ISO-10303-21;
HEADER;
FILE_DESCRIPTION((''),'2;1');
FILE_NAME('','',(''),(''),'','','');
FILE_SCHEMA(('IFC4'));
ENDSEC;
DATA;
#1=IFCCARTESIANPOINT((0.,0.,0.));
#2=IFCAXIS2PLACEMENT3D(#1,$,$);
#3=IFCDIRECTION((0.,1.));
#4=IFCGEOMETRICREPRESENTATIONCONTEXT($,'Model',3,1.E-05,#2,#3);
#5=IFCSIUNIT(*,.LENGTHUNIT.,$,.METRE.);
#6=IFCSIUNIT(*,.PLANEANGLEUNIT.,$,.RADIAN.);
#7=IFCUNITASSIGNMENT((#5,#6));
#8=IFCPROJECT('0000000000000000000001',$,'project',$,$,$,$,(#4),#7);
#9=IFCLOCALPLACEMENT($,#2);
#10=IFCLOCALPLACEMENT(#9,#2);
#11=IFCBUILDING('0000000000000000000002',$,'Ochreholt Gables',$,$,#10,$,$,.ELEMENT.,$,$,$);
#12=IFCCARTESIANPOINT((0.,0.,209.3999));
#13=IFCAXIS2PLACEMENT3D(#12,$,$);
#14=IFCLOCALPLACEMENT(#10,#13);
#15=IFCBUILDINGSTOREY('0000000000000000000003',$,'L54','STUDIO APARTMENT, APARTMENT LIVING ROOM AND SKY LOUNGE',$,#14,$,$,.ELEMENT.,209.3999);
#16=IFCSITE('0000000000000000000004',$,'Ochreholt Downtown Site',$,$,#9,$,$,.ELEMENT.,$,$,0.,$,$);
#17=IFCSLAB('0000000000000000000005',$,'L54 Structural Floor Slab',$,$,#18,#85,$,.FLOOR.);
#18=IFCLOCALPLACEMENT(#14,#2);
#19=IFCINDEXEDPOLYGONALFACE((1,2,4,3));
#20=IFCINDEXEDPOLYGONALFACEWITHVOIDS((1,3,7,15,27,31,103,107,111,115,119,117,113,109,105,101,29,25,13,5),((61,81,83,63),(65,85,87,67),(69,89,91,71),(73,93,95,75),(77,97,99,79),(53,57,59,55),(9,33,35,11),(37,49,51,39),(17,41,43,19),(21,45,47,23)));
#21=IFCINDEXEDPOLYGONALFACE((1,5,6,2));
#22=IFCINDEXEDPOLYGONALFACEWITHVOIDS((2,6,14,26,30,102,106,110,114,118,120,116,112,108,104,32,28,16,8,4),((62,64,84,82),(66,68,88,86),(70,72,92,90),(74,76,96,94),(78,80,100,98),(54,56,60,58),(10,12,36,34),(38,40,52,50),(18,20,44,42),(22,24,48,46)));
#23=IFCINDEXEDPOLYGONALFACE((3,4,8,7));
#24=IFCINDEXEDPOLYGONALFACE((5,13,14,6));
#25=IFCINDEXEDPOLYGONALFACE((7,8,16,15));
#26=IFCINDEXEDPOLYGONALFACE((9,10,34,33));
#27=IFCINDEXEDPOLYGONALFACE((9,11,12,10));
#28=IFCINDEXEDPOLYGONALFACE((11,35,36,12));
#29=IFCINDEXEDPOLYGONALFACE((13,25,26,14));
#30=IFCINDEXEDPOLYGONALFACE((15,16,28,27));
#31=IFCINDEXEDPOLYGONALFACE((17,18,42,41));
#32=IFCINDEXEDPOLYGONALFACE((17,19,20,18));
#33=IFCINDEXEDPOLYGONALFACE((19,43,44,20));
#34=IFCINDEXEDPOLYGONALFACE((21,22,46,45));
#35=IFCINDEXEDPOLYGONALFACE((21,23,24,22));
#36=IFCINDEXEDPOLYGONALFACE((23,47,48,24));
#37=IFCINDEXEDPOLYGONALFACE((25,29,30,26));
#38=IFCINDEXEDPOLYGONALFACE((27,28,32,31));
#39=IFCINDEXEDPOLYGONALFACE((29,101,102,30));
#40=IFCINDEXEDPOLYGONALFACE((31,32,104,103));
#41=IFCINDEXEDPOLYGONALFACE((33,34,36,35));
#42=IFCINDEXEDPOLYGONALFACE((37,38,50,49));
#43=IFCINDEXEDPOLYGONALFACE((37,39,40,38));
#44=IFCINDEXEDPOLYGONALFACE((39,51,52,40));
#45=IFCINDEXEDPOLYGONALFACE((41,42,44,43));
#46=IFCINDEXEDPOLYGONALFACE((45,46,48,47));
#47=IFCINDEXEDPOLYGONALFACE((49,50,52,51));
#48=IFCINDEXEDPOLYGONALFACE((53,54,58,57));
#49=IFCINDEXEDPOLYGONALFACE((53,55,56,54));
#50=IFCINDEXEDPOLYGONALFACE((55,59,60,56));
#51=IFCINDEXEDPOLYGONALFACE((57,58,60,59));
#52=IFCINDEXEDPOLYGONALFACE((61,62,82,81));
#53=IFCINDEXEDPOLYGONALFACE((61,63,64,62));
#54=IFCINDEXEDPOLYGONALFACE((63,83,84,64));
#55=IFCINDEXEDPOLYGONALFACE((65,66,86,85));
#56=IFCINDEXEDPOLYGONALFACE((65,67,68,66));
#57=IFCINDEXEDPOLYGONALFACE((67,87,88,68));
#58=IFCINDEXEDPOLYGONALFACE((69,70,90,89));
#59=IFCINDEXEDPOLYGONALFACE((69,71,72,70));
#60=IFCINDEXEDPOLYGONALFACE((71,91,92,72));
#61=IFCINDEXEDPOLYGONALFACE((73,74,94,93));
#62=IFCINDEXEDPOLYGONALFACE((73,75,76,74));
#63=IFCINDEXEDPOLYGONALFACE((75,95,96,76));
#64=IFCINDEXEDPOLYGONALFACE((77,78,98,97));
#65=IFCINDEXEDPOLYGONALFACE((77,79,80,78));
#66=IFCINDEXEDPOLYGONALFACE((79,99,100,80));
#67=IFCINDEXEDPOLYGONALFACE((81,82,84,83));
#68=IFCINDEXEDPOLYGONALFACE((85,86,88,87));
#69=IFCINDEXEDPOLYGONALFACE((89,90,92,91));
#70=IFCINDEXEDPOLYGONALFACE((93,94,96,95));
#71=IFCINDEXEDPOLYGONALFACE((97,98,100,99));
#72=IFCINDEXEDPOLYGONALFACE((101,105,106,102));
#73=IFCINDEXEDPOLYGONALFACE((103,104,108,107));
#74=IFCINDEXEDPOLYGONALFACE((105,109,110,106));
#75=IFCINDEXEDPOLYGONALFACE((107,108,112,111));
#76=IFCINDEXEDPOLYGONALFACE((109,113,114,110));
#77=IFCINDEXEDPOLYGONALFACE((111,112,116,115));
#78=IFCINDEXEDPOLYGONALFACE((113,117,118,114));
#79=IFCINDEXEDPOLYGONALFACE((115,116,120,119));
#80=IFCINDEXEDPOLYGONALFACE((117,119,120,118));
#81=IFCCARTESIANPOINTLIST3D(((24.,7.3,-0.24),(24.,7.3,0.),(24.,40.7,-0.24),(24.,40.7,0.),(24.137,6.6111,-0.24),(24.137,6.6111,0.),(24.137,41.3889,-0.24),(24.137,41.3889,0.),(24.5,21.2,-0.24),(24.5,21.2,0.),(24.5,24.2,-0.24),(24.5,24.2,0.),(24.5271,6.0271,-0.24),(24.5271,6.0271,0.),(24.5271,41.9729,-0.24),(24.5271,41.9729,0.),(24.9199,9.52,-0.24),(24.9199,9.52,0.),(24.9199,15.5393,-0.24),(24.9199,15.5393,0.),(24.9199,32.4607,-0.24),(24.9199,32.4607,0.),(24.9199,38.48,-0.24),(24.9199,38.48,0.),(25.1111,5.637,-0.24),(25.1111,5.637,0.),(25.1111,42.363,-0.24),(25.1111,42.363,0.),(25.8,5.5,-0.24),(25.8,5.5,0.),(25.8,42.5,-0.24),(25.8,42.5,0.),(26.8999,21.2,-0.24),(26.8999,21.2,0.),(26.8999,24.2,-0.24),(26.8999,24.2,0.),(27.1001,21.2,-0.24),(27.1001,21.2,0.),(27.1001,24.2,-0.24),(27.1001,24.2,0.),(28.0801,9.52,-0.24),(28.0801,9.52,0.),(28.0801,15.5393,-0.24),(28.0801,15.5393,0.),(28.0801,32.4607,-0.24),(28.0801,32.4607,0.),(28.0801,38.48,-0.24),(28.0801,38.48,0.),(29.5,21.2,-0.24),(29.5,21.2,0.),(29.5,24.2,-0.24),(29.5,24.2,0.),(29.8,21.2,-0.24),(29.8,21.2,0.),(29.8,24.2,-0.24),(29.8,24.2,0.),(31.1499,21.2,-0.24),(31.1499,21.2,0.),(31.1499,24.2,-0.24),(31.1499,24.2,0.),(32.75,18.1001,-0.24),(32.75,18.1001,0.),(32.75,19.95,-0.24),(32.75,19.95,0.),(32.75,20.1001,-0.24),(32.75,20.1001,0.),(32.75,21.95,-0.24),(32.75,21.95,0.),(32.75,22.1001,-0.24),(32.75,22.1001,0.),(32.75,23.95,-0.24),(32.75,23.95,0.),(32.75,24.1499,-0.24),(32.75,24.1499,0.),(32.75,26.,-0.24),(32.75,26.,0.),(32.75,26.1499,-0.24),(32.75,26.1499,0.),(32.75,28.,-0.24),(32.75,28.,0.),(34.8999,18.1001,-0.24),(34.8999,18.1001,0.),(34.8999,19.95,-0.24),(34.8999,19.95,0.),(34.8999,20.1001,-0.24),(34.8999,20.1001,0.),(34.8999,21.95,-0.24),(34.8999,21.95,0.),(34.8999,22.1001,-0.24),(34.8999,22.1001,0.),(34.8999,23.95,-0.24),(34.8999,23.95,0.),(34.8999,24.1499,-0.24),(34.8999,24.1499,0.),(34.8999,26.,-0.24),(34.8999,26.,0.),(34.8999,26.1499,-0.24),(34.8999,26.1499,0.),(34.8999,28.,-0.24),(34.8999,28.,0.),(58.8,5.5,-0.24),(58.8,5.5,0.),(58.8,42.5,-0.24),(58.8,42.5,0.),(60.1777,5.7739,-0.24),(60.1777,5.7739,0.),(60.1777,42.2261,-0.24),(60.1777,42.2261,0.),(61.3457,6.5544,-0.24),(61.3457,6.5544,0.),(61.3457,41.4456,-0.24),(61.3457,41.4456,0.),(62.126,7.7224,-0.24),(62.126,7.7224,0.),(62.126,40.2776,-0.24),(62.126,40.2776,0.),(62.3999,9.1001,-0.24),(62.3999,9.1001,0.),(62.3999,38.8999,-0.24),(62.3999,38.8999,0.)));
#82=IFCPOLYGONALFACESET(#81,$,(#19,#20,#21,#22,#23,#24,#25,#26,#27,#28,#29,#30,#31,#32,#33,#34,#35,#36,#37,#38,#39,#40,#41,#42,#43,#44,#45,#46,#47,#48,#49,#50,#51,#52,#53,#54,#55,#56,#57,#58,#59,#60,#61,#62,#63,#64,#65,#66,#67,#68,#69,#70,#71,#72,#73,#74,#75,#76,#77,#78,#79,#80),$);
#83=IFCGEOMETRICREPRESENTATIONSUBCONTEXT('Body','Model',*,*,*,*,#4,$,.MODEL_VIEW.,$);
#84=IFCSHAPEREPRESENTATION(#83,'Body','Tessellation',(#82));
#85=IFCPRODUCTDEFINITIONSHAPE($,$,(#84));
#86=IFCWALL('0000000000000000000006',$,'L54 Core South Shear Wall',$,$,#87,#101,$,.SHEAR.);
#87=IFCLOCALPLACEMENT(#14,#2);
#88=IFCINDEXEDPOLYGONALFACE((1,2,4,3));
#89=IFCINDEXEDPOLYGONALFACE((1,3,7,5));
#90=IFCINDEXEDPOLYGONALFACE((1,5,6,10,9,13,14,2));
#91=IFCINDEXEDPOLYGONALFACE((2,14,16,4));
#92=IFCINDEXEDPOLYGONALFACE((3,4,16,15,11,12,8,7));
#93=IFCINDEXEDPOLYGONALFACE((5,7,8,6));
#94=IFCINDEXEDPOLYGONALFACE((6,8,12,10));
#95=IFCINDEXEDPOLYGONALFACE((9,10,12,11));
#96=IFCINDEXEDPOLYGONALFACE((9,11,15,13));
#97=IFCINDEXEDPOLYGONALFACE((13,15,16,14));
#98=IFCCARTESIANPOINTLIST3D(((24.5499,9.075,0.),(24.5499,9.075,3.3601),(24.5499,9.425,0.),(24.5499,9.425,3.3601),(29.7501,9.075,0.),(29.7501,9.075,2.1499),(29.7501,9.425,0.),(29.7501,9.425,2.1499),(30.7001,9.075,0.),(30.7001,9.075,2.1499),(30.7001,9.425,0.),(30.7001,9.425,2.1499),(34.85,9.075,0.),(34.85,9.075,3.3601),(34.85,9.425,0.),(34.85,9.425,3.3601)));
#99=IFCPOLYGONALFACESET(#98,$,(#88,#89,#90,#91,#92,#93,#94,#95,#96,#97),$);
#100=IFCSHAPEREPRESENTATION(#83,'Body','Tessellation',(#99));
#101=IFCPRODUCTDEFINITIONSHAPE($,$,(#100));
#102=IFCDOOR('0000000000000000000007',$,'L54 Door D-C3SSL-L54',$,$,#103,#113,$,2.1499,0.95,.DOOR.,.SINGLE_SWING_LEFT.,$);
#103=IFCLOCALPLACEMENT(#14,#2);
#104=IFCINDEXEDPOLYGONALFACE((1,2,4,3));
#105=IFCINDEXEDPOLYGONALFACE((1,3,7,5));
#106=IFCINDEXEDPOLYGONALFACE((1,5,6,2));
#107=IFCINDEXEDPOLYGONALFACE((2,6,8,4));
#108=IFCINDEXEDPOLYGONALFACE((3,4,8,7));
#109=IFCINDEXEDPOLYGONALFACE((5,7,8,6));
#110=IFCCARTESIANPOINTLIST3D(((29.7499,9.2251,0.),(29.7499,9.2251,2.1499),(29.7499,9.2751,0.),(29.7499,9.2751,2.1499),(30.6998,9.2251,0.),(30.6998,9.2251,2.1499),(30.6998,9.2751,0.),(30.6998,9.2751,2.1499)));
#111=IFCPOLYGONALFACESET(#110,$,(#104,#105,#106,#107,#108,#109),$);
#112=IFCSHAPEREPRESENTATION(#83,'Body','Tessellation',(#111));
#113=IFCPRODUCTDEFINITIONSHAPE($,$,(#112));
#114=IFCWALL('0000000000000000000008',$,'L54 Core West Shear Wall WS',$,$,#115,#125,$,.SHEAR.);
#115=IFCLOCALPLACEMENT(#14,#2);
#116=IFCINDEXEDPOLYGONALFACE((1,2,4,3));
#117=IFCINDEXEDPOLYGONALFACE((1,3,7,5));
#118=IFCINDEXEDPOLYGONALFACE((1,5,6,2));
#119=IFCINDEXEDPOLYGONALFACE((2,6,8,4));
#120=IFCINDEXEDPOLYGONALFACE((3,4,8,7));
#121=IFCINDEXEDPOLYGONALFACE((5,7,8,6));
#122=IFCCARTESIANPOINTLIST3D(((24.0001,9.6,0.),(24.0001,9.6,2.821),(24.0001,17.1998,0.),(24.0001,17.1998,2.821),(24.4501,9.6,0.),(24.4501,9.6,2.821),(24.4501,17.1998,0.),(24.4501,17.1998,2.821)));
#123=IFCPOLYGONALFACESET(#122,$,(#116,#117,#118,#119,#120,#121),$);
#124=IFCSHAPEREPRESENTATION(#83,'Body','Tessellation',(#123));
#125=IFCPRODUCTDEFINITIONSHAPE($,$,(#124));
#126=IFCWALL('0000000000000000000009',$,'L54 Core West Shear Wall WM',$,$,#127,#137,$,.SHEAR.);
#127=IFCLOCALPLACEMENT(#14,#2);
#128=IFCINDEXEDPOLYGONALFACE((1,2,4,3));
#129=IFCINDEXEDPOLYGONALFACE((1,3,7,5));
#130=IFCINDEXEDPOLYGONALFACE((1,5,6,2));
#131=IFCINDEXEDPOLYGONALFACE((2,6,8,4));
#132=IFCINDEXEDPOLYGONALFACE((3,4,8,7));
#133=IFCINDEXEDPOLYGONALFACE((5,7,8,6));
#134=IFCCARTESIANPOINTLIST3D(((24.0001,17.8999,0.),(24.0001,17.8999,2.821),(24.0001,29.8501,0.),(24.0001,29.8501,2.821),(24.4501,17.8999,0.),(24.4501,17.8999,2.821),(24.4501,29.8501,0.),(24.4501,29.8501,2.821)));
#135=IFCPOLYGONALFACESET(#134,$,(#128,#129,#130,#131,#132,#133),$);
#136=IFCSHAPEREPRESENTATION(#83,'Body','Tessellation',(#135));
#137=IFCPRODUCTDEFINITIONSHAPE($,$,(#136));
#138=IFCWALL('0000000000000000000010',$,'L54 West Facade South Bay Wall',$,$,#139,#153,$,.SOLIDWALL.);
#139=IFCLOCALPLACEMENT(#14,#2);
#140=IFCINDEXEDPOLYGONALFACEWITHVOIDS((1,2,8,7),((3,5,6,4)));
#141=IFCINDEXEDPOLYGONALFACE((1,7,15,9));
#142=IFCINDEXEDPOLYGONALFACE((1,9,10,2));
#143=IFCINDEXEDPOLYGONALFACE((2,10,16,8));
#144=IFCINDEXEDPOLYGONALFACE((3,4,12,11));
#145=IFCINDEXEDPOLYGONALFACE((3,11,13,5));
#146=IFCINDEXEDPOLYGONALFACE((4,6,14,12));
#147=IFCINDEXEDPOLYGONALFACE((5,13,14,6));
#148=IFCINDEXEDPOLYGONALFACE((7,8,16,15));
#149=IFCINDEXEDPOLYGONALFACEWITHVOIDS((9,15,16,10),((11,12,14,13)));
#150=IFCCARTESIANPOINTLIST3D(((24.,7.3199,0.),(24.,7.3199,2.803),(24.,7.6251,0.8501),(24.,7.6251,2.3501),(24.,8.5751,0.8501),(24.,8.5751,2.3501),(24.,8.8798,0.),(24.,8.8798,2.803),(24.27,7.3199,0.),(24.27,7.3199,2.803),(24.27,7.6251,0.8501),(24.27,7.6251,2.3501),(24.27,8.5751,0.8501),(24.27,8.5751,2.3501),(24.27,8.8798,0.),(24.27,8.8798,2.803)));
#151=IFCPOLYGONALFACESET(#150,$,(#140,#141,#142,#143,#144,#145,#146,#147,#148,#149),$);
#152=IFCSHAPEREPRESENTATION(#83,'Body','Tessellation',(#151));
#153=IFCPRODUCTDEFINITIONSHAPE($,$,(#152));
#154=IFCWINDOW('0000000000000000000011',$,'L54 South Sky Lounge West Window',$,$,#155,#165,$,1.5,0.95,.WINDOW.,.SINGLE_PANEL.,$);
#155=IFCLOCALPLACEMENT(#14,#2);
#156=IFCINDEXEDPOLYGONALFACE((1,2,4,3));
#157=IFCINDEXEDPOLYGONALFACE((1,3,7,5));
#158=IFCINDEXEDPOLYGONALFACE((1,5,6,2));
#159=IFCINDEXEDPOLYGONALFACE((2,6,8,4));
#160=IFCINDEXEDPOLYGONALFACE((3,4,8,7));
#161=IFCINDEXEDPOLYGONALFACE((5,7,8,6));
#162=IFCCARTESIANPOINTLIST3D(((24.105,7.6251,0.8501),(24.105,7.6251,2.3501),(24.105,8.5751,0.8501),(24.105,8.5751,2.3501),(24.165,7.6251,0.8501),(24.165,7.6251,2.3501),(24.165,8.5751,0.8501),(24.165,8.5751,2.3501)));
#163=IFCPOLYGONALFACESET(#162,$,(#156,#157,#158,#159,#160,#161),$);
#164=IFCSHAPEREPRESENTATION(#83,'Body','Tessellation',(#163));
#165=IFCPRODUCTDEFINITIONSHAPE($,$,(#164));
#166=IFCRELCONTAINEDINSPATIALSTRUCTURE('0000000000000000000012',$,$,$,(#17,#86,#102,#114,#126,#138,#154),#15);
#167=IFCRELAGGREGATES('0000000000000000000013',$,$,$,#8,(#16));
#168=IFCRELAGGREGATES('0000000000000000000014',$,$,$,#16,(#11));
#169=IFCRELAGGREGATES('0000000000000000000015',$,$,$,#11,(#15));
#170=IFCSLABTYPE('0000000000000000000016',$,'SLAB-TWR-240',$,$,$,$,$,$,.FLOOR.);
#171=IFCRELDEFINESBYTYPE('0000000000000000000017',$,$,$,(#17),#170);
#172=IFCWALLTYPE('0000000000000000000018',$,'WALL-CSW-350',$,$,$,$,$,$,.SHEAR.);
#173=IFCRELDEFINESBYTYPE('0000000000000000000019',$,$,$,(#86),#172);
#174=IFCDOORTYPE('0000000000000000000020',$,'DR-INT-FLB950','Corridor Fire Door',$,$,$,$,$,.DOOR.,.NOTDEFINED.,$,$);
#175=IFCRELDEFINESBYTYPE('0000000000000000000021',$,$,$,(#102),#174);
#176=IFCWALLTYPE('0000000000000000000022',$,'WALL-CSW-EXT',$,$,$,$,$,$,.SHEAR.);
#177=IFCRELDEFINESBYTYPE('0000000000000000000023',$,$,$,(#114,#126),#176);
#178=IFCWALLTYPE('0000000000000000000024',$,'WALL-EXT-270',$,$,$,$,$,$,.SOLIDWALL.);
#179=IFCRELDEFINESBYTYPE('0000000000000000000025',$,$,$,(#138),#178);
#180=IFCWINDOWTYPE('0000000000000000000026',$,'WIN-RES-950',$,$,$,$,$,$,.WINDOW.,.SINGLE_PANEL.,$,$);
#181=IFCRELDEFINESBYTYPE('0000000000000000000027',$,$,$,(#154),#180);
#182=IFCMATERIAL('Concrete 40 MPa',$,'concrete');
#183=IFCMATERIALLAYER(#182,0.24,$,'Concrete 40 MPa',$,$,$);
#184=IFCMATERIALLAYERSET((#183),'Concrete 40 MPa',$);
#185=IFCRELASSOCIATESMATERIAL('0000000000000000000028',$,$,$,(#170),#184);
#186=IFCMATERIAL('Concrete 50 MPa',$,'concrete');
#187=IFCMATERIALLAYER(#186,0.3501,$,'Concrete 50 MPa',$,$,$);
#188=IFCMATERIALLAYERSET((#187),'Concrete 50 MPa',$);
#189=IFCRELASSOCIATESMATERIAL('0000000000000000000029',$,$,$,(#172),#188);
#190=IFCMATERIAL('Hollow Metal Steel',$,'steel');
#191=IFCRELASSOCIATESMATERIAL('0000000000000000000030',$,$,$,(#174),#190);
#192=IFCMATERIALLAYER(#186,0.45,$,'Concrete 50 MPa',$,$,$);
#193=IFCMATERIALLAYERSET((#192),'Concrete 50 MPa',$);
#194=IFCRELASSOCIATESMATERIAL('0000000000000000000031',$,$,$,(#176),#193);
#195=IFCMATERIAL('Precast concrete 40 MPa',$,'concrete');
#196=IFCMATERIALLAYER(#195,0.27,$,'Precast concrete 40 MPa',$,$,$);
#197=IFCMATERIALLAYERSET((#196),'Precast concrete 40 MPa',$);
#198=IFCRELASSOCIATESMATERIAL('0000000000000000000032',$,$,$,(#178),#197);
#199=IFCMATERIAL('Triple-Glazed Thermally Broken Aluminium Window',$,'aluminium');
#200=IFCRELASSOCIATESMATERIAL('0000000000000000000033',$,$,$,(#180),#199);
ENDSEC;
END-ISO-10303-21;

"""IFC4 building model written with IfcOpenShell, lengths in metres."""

from ifc_helpers import new_model, si_unit, direction, frame, frame_2d, origin, place, context, subcontext, project, spatial, polyline, rectangle, outline, extrude, material, layer, layer_set, type_object, element, fill, save


model = new_model("IFC4")

# Units and contexts
model_context = context("Model", 3, precision=1e-05, world=origin(), true_north=direction((0.0, 1.0)))
body_context = subcontext(model_context, "Body", "Model", "MODEL_VIEW")
ifc_project = project(units=[si_unit("LENGTHUNIT", "METRE"), si_unit("PLANEANGLEUNIT", "RADIAN")], contexts=[model_context])

# Site, building, storey
site_placement = place(None, origin())
site = spatial("IfcSite", under=ifc_project, at=site_placement, Name="Ochreholt Downtown Site", CompositionType="ELEMENT", RefElevation=0.0)
building_placement = place(site_placement, origin())
building = spatial("IfcBuilding", under=site, at=building_placement, Name="Ochreholt Gables", CompositionType="ELEMENT")
storey_placement = place(building_placement, frame((0.0, 0.0, 209.3999)))
storey = spatial("IfcBuildingStorey", under=building, at=storey_placement, Name="L54", Description="STUDIO APARTMENT, APARTMENT LIVING ROOM AND SKY LOUNGE", CompositionType="ELEMENT", Elevation=209.3999)

# Shared definitions
ifc_material_1 = material(Name="Concrete 50 MPa", Category="concrete")

# Shared definitions
ifc_material_2 = material(Name="Concrete 40 MPa", Category="concrete")

# Slab
ifc_layer_1 = layer(ifc_material_2, 0.24, Name="Concrete 40 MPa")
ifc_layer_set_1 = layer_set([ifc_layer_1], Name="Concrete 40 MPa")
slab_type_1 = type_object("IfcSlabType", Name="SLAB-TWR-240", PredefinedType="FLOOR", material=ifc_layer_set_1)
slab_1_placement = place(storey_placement, frame((0.0, 0.0, -0.24)))
element("IfcSlab", 1, at=slab_1_placement, inside=storey, type_object=slab_type_1, Name="L54 Structural Floor Slab", PredefinedType="FLOOR", context=body_context, shape_type="SweptSolid", body=[
    extrude(outline(polyline([(24.0, 7.3), (24.137, 6.6111), (24.5271, 6.0271), (25.1111, 5.637), (25.8, 5.5), (58.8, 5.5), (60.1777, 5.7739), (61.3457, 6.5544), (62.126, 7.7224), (62.3999, 9.1001), (62.3999, 38.8999), (62.126, 40.2776), (61.3457, 41.4456), (60.1777, 42.2261), (58.8, 42.5), (25.8, 42.5), (25.1111, 42.363), (24.5271, 41.9729), (24.137, 41.3889), (24.0, 40.7), (24.0, 7.3)]), holes=[polyline([(24.9199, 15.5393), (24.9199, 9.52), (28.0801, 9.52), (28.0801, 15.5393), (24.9199, 15.5393)]), polyline([(28.0801, 32.4607), (28.0801, 38.48), (24.9199, 38.48), (24.9199, 32.4607), (28.0801, 32.4607)]), polyline([(24.5, 21.2), (26.8999, 21.2), (26.8999, 24.2), (24.5, 24.2), (24.5, 21.2)]), polyline([(27.1001, 21.2), (29.5, 21.2), (29.5, 24.2), (27.1001, 24.2), (27.1001, 21.2)]), polyline([(32.75, 18.1001), (34.8999, 18.1001), (34.8999, 19.95), (32.75, 19.95), (32.75, 18.1001)]), polyline([(32.75, 20.1001), (34.8999, 20.1001), (34.8999, 21.95), (32.75, 21.95), (32.75, 20.1001)]), polyline([(32.75, 22.1001), (34.8999, 22.1001), (34.8999, 23.95), (32.75, 23.95), (32.75, 22.1001)]), polyline([(32.75, 24.1499), (34.8999, 24.1499), (34.8999, 26.0), (32.75, 26.0), (32.75, 24.1499)]), polyline([(32.75, 26.1499), (34.8999, 26.1499), (34.8999, 28.0), (32.75, 28.0), (32.75, 26.1499)]), polyline([(29.8, 21.2), (31.1499, 21.2), (31.1499, 24.2), (29.8, 24.2), (29.8, 21.2)])]), origin(), (0.0, 0.0, 1.0), 0.24),
])

# Wall, opening, door
ifc_layer_2 = layer(ifc_material_1, 0.3501, Name="Concrete 50 MPa")
ifc_layer_set_2 = layer_set([ifc_layer_2], Name="Concrete 50 MPa")
wall_type_1 = type_object("IfcWallType", Name="WALL-CSW-350", PredefinedType="SHEAR", material=ifc_layer_set_2)
wall_1_placement = place(storey_placement, frame((24.55, 9.25, 0.0), z_axis=(0.0, 0.0, 1.0), x_axis=(1.0, 0.0, 0.0)))
wall_1 = element("IfcWall", 2, at=wall_1_placement, inside=storey, type_object=wall_type_1, Name="L54 Core South Shear Wall", PredefinedType="SHEAR", context=body_context, shape_type="SweptSolid", body=[
    extrude(rectangle(XDim=10.3, YDim=0.3501, at=frame_2d((5.1499, 0.0))), origin(), (0.0, 0.0, 1.0), 3.3601),
])
opening_1_placement = place(wall_1_placement, frame((5.2, 0.0, 0.0)))
opening_1 = element("IfcOpeningElement", 3, at=opening_1_placement, cuts=wall_1, PredefinedType="OPENING", context=body_context, shape_type="SweptSolid", body=[
    extrude(rectangle(XDim=0.95, YDim=2.1499, at=frame_2d((0.4751, 1.075))), frame((0.0, 0.1851, 0.0), z_axis=(0.0, -1.0, 0.0), x_axis=(1.0, 0.0, 0.0)), (0.0, 0.0, 1.0), 0.3701),
])
ifc_material_3 = material(Name="Hollow Metal Steel", Category="steel")
door_type_1 = type_object("IfcDoorType", Name="DR-INT-FLB950", Description="Corridor Fire Door", OperationType="NOTDEFINED", PredefinedType="DOOR", material=ifc_material_3)
door_1_placement = place(opening_1_placement, frame((0.95, 0.0, 0.0), z_axis=(0.0, 0.0, 1.0), x_axis=(-1.0, 0.0, 0.0)))
door_1 = element("IfcDoor", 4, at=door_1_placement, inside=storey, type_object=door_type_1, Name="L54 Door D-C3SSL-L54", OperationType="SINGLE_SWING_LEFT", OverallHeight=2.1499, OverallWidth=0.95, PredefinedType="DOOR", context=body_context, shape_type="SweptSolid", body=[
    extrude(rectangle(XDim=0.95, YDim=2.1499, at=frame_2d((0.4751, 1.075))), frame((0.0, 0.0249, 0.0), z_axis=(0.0, -1.0, 0.0), x_axis=(1.0, 0.0, 0.0)), (0.0, 0.0, 1.0), 0.05),
])
fill(opening_1, door_1)

# Walls
ifc_layer_3 = layer(ifc_material_1, 0.45, Name="Concrete 50 MPa")
ifc_layer_set_3 = layer_set([ifc_layer_3], Name="Concrete 50 MPa")
wall_type_2 = type_object("IfcWallType", Name="WALL-CSW-EXT", PredefinedType="SHEAR", material=ifc_layer_set_3)
wall_2_placement = place(storey_placement, frame((24.2251, 9.6001, 0.0), z_axis=(0.0, 0.0, 1.0), x_axis=(0.0, 1.0, 0.0)))
element("IfcWall", 5, at=wall_2_placement, inside=storey, type_object=wall_type_2, Name="L54 Core West Shear Wall WS", PredefinedType="SHEAR", context=body_context, shape_type="SweptSolid", body=[
    extrude(rectangle(XDim=7.5999, YDim=0.45, at=frame_2d((3.7998, 0.0))), origin(), (0.0, 0.0, 1.0), 2.821),
])
wall_3_placement = place(storey_placement, frame((24.2251, 17.8999, 0.0), z_axis=(0.0, 0.0, 1.0), x_axis=(0.0, 1.0, 0.0)))
element("IfcWall", 6, at=wall_3_placement, inside=storey, type_object=wall_type_2, Name="L54 Core West Shear Wall WM", PredefinedType="SHEAR", context=body_context, shape_type="SweptSolid", body=[
    extrude(rectangle(XDim=11.9502, YDim=0.45, at=frame_2d((5.9751, 0.0))), origin(), (0.0, 0.0, 1.0), 2.821),
])

# Wall, opening, window
ifc_material_4 = material(Name="Precast concrete 40 MPa", Category="concrete")
ifc_layer_4 = layer(ifc_material_4, 0.27, Name="Precast concrete 40 MPa")
ifc_layer_set_4 = layer_set([ifc_layer_4], Name="Precast concrete 40 MPa")
wall_type_3 = type_object("IfcWallType", Name="WALL-EXT-270", PredefinedType="SOLIDWALL", material=ifc_layer_set_4)
wall_4_placement = place(storey_placement, frame((24.135, 7.3201, 0.0), z_axis=(0.0, 0.0, 1.0), x_axis=(0.0, 1.0, 0.0)))
wall_4 = element("IfcWall", 7, at=wall_4_placement, inside=storey, type_object=wall_type_3, Name="L54 West Facade South Bay Wall", PredefinedType="SOLIDWALL", context=body_context, shape_type="SweptSolid", body=[
    extrude(rectangle(XDim=1.5598, YDim=0.27, at=frame_2d((0.7798, 0.0))), origin(), (0.0, 0.0, 1.0), 2.803),
])
opening_2_placement = place(wall_4_placement, frame((0.3049, 0.0, 0.8501)))
opening_2 = element("IfcOpeningElement", 8, at=opening_2_placement, cuts=wall_4, PredefinedType="OPENING", context=body_context, shape_type="SweptSolid", body=[
    extrude(rectangle(XDim=0.95, YDim=1.5, at=frame_2d((0.4751, 0.75))), frame((0.0, 0.145, 0.0), z_axis=(0.0, -1.0, 0.0), x_axis=(1.0, 0.0, 0.0)), (0.0, 0.0, 1.0), 0.29),
])
ifc_material_5 = material(Name="Triple-Glazed Thermally Broken Aluminium Window", Category="aluminium")
window_type = type_object("IfcWindowType", Name="WIN-RES-950", PartitioningType="SINGLE_PANEL", PredefinedType="WINDOW", material=ifc_material_5)
window_placement = place(opening_2_placement, origin())
window = element("IfcWindow", 9, at=window_placement, inside=storey, type_object=window_type, Name="L54 South Sky Lounge West Window", OverallHeight=1.5, OverallWidth=0.95, PartitioningType="SINGLE_PANEL", PredefinedType="WINDOW", context=body_context, shape_type="SweptSolid", body=[
    extrude(rectangle(XDim=0.95, YDim=1.5, at=frame_2d((0.4751, 0.75))), frame((0.0, 0.03, 0.0), z_axis=(0.0, -1.0, 0.0), x_axis=(1.0, 0.0, 0.0)), (0.0, 0.0, 1.0), 0.0601),
])
fill(opening_2, window)

save(model, "model.ifc")
